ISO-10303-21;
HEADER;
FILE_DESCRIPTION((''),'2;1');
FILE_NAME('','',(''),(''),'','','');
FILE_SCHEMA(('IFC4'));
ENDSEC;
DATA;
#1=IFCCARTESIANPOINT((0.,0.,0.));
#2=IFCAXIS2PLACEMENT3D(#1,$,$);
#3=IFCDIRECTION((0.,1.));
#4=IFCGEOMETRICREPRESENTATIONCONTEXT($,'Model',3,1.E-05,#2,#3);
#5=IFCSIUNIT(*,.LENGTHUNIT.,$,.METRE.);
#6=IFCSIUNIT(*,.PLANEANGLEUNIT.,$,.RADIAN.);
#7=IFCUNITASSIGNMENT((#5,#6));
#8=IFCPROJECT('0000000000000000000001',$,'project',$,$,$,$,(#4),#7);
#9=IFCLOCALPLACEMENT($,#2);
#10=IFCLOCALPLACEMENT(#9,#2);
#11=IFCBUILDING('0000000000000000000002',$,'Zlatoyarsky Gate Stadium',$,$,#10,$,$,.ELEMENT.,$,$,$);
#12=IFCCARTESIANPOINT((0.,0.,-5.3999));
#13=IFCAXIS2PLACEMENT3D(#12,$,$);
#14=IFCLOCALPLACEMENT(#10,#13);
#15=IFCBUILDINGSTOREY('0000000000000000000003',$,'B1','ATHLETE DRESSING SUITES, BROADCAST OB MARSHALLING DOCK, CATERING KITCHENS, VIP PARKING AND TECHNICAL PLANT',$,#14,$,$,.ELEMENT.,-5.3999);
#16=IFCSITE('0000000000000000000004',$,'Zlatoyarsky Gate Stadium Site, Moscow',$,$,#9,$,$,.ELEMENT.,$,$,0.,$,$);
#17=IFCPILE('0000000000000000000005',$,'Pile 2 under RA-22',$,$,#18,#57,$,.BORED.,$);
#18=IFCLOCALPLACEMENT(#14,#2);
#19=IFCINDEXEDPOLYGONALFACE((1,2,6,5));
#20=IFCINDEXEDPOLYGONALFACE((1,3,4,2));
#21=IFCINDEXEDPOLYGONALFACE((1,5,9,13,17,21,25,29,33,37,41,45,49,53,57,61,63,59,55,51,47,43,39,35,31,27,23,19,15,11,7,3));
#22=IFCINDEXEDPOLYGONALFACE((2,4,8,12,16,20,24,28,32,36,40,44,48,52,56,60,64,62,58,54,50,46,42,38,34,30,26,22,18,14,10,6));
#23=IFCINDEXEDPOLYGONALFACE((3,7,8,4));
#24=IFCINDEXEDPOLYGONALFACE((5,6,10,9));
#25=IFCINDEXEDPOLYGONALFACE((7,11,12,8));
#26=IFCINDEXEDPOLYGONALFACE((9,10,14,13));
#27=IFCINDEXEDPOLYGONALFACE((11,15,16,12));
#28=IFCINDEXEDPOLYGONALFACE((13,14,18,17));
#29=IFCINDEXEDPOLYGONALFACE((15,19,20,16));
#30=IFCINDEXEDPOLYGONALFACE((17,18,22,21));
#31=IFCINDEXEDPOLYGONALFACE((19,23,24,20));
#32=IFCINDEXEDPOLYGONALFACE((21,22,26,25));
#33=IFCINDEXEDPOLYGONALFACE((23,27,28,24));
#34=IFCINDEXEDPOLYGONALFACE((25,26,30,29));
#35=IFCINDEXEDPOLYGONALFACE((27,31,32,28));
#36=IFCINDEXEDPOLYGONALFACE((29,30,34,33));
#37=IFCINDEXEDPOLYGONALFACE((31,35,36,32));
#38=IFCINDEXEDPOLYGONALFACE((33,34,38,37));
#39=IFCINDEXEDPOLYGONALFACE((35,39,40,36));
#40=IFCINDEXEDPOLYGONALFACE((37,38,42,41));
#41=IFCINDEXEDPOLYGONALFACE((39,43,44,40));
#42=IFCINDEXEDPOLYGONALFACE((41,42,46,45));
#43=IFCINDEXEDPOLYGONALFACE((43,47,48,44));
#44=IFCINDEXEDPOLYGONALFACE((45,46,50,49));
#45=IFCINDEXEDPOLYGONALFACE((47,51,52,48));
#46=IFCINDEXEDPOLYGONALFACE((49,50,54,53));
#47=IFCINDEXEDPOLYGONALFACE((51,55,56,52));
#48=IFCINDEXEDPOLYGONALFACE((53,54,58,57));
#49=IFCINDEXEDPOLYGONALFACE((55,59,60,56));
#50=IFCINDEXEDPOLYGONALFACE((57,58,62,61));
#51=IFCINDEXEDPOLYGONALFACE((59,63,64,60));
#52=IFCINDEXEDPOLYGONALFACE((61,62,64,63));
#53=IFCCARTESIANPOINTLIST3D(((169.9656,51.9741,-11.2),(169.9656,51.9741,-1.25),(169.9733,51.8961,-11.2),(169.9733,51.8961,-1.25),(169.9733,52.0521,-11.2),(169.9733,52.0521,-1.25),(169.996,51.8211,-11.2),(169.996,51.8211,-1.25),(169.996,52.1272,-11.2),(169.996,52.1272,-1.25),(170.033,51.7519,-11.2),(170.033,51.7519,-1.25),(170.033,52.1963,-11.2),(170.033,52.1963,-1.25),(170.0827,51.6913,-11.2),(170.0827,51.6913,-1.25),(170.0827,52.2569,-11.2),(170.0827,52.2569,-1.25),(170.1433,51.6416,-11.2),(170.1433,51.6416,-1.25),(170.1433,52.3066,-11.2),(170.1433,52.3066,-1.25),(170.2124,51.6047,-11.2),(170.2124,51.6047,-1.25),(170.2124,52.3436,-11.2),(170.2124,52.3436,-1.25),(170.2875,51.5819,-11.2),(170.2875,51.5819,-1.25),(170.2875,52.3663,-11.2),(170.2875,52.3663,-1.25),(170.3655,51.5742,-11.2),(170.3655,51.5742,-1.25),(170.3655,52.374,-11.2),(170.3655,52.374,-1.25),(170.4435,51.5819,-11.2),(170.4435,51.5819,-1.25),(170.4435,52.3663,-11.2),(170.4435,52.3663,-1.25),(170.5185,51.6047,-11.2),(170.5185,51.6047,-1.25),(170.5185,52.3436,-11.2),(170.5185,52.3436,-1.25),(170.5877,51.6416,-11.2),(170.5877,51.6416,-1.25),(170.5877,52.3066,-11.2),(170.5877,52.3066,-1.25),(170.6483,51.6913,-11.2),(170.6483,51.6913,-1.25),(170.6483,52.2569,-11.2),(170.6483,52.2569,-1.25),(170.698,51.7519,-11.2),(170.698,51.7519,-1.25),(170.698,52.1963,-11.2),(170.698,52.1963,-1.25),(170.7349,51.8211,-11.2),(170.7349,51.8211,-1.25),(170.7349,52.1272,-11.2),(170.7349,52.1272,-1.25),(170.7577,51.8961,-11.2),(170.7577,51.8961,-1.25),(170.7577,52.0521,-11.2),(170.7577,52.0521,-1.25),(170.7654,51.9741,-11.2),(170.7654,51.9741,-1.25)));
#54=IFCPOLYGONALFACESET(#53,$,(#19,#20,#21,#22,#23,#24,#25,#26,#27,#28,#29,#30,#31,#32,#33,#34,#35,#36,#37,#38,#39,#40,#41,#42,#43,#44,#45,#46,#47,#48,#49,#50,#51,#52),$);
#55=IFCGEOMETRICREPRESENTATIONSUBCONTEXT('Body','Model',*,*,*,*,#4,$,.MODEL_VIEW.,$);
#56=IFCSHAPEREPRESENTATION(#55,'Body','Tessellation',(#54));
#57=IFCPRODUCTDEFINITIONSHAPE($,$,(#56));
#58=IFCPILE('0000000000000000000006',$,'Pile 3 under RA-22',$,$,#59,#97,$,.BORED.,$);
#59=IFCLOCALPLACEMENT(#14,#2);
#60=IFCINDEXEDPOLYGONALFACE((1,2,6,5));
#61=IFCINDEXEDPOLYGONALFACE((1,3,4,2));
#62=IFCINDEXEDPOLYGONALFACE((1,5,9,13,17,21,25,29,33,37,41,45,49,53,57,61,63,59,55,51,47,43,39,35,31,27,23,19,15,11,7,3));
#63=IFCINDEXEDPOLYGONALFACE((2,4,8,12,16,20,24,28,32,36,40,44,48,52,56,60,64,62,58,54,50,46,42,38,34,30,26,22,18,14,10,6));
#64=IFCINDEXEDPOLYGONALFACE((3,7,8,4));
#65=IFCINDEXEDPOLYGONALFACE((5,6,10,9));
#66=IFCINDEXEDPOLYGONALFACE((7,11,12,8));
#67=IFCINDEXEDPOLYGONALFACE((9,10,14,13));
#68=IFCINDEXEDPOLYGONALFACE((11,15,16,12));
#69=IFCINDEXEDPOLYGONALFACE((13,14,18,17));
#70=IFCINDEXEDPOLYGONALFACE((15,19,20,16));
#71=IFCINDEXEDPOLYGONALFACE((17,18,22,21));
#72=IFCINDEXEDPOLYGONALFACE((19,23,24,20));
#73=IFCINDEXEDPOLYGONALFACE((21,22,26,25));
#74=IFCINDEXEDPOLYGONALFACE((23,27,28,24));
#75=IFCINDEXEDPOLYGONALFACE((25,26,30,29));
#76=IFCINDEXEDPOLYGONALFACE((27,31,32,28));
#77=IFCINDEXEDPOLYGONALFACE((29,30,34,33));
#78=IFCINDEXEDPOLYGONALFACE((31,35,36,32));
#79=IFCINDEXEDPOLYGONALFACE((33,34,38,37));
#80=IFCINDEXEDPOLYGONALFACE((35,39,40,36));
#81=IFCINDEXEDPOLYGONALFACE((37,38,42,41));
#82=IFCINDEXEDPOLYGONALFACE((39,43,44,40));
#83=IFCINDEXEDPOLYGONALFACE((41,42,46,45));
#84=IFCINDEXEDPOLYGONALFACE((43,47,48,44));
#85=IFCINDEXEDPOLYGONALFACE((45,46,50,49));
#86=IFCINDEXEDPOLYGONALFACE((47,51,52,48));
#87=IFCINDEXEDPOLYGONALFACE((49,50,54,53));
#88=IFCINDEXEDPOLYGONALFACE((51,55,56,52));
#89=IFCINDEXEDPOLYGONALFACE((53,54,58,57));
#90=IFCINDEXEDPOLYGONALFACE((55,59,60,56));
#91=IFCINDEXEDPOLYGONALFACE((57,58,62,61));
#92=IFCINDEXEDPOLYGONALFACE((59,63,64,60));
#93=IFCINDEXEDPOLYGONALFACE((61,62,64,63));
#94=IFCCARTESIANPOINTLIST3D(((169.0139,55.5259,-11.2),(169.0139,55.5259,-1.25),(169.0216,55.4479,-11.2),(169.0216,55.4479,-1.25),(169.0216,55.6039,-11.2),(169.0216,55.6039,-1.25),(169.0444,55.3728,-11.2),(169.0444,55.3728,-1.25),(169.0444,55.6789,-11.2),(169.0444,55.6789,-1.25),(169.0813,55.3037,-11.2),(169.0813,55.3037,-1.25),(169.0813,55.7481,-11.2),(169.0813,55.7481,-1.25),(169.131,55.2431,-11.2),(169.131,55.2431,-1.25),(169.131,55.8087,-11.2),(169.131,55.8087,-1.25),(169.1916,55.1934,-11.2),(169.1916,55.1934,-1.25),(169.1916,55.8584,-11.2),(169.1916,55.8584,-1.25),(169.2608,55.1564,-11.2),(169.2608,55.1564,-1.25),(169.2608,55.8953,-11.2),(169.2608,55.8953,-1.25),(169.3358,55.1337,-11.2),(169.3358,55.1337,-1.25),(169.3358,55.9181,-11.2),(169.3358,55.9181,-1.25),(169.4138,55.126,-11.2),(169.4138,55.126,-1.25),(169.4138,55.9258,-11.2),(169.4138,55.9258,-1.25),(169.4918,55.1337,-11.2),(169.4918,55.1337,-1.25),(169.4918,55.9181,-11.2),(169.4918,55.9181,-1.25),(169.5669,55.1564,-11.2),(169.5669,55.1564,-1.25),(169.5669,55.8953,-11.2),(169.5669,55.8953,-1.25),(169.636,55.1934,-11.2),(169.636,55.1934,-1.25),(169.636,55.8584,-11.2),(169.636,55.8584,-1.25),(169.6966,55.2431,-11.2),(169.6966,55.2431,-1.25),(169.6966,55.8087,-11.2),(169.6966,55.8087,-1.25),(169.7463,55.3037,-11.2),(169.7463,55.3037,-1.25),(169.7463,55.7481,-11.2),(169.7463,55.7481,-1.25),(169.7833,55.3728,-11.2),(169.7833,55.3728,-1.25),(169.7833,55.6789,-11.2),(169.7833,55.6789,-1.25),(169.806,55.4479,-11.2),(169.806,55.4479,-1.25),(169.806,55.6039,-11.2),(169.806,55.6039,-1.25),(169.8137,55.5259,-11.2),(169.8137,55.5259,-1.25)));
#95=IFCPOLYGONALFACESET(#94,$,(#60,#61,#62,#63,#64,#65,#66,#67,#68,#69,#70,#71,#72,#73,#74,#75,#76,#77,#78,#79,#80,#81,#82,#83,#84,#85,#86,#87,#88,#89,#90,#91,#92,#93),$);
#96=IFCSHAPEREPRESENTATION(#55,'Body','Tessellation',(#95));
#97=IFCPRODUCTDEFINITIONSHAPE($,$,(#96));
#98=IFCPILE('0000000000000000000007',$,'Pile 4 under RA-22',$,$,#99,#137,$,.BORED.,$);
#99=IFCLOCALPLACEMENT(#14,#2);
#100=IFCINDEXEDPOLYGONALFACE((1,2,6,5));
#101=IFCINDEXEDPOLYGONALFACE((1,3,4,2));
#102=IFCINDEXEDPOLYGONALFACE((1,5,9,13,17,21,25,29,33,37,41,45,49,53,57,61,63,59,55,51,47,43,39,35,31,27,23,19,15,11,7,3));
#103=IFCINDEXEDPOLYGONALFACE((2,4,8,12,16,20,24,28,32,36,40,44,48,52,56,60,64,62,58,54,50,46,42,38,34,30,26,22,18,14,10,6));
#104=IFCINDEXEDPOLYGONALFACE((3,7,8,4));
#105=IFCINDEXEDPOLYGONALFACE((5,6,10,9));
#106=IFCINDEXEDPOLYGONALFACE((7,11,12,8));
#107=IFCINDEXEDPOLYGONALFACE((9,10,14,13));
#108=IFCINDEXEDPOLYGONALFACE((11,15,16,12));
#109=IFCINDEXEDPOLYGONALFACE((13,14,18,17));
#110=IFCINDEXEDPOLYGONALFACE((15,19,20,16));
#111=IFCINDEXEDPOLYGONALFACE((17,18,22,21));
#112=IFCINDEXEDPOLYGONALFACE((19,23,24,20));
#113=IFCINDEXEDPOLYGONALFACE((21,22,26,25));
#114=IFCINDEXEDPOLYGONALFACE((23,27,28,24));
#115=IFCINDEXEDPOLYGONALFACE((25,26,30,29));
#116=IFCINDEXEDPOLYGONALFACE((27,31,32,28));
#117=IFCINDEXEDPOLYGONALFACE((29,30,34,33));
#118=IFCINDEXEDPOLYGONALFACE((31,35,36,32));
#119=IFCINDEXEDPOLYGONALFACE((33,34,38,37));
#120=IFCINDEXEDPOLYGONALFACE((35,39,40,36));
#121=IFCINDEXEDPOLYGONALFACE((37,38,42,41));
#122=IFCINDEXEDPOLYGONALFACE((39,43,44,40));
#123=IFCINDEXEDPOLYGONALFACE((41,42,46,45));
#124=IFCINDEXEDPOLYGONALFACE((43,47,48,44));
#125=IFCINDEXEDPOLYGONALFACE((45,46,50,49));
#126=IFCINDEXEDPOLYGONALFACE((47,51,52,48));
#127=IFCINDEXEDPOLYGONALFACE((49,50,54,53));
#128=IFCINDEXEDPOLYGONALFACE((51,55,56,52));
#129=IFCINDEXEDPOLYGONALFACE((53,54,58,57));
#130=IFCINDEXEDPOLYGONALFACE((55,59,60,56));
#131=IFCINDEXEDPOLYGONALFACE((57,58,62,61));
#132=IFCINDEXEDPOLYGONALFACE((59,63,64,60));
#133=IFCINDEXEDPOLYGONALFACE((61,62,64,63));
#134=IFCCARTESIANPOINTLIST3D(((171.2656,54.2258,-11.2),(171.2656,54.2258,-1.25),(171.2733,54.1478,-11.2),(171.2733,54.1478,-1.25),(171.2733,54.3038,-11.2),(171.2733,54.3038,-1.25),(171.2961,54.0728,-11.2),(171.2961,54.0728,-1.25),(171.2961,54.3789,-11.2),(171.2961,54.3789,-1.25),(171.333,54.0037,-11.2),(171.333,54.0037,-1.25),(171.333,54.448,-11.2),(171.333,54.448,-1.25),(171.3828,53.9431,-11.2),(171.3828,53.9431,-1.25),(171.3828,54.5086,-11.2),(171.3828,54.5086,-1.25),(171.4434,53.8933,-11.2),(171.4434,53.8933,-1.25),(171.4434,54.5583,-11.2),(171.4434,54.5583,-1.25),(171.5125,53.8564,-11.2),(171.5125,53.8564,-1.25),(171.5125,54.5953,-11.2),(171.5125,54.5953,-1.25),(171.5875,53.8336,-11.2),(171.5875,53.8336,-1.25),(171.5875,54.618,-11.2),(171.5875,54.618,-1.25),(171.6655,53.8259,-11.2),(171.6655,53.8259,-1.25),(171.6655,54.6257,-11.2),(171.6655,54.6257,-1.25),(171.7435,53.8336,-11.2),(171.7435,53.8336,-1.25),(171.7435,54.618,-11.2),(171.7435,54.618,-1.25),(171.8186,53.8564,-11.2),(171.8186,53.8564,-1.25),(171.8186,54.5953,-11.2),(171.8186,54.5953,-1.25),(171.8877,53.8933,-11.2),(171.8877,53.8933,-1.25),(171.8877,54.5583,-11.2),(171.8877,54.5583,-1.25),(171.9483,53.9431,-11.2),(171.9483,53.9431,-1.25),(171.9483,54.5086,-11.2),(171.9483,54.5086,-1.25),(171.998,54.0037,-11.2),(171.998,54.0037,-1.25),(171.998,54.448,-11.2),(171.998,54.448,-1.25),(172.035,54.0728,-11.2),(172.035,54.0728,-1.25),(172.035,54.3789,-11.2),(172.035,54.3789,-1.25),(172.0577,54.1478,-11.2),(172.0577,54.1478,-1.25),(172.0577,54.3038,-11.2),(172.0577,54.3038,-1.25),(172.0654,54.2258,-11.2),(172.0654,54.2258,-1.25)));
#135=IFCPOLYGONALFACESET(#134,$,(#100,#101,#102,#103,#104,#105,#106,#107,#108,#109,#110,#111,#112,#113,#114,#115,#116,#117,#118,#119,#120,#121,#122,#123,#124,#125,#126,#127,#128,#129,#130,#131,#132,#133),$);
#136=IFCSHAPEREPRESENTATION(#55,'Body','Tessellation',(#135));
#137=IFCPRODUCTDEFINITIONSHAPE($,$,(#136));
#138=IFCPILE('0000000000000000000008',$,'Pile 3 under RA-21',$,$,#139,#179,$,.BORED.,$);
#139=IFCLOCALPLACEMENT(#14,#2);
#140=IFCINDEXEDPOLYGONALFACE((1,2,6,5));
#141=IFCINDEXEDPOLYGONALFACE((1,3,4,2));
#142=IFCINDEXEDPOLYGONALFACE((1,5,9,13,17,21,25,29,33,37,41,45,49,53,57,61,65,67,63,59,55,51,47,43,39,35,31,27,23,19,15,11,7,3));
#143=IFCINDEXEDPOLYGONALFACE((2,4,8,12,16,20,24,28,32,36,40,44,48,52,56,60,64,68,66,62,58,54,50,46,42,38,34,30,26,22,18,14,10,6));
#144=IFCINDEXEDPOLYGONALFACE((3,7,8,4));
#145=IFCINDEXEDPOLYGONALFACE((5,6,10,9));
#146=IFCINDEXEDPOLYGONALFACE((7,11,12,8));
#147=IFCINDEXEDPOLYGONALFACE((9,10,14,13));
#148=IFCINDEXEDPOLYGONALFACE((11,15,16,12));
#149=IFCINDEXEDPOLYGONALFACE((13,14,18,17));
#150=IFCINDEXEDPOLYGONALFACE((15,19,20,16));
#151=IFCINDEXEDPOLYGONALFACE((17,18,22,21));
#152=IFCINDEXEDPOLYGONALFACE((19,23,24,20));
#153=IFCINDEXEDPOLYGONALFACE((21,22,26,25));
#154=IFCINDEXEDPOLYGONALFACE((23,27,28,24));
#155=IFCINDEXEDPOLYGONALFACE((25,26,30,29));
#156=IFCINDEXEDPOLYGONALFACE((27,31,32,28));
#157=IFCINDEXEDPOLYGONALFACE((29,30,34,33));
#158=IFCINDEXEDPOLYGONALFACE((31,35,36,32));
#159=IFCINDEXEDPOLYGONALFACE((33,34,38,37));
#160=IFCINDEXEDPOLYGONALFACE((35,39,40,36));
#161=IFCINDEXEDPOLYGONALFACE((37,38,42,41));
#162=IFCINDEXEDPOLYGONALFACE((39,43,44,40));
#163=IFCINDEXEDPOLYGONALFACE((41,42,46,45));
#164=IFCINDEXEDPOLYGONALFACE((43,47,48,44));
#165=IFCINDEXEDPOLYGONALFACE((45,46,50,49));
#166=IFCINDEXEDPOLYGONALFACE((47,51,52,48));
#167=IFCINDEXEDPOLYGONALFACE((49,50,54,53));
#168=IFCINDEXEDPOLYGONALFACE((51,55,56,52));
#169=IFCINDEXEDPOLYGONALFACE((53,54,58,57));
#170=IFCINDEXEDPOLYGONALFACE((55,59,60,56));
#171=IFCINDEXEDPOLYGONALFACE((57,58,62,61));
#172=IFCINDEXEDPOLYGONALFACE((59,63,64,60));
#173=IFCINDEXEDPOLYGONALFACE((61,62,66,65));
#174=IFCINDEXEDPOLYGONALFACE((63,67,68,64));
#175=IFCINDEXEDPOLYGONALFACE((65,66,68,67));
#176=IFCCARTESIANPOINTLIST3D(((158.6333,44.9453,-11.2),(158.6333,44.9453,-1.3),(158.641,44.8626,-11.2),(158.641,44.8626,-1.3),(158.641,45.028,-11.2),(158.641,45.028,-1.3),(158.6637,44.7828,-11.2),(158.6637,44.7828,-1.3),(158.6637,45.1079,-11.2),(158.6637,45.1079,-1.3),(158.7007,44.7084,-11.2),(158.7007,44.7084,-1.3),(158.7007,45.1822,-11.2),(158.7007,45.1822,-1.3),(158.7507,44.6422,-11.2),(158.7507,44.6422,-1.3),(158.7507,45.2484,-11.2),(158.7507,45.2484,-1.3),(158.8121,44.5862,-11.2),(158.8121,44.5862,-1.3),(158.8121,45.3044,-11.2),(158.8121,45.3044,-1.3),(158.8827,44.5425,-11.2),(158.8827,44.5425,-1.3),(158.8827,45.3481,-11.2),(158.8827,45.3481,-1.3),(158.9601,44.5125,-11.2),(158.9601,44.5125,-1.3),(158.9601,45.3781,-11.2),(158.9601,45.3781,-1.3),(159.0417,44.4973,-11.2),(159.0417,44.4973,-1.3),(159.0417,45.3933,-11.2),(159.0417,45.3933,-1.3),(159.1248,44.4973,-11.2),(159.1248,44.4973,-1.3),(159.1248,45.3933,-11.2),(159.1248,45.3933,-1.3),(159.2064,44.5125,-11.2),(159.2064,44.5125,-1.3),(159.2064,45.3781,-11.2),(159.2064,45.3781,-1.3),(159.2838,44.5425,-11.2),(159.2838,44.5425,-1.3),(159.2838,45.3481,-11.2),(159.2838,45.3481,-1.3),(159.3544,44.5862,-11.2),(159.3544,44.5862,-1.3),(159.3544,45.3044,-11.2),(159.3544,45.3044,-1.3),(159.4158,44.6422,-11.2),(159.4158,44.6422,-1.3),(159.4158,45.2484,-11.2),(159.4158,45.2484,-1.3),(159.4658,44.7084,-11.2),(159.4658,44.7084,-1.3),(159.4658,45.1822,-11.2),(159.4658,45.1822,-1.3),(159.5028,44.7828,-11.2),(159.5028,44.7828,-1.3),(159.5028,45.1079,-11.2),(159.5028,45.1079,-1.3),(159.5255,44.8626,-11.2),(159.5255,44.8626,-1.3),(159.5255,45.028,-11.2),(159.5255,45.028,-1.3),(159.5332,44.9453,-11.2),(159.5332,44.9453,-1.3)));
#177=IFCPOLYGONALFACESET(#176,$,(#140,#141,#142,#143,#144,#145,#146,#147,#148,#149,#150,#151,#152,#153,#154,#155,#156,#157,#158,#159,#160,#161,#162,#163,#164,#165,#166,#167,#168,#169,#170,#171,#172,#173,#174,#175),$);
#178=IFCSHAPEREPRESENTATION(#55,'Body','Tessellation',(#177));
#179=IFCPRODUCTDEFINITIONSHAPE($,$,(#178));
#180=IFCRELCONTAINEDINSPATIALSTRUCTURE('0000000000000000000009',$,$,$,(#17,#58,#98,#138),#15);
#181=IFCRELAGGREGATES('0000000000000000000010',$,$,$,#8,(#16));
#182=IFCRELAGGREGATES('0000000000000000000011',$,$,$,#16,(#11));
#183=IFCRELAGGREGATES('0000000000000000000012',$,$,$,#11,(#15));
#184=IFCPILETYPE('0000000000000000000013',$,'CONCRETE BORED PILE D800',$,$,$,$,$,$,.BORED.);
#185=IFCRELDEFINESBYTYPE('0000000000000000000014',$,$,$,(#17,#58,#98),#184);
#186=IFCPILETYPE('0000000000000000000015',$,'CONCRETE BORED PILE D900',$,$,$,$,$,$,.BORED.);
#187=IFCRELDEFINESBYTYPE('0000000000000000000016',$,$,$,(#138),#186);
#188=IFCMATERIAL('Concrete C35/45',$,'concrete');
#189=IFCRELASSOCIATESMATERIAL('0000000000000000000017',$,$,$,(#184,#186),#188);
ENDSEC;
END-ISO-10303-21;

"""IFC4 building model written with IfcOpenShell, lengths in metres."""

from ifc_helpers import new_model, si_unit, direction, frame, origin, origin_2d, place, context, subcontext, project, spatial, circle, extrude, material, material_profile, profile_set, type_object, element, save


model = new_model("IFC4")

# Units and contexts
model_context = context("Model", 3, precision=1e-05, world=origin(), true_north=direction((0.0, 1.0)))
body_context = subcontext(model_context, "Body", "Model", "MODEL_VIEW")
ifc_project = project(units=[si_unit("LENGTHUNIT", "METRE"), si_unit("PLANEANGLEUNIT", "RADIAN")], contexts=[model_context])

# Site, building, storey
site_placement = place(None, origin())
site = spatial("IfcSite", under=ifc_project, at=site_placement, Name="Zlatoyarsky Gate Stadium Site, Moscow", CompositionType="ELEMENT", RefElevation=0.0)
building_placement = place(site_placement, origin())
building = spatial("IfcBuilding", under=site, at=building_placement, Name="Zlatoyarsky Gate Stadium", CompositionType="ELEMENT")
storey_placement = place(building_placement, frame((0.0, 0.0, -5.3999)))
storey = spatial("IfcBuildingStorey", under=building, at=storey_placement, Name="B1", Description="ATHLETE DRESSING SUITES, BROADCAST OB MARSHALLING DOCK, CATERING KITCHENS, VIP PARKING AND TECHNICAL PLANT", CompositionType="ELEMENT", Elevation=-5.3999)

# Piles
ifc_material_1 = material(Name="Concrete C35/45", Category="concrete")
ifc_material_profile_1 = material_profile(ifc_material_1, circle(Radius=0.3999, at=origin_2d()), Name="BORED PILE D800")
ifc_profile_set_1 = profile_set([ifc_material_profile_1], Name="Concrete C35/45")
pile_type_1 = type_object("IfcPileType", Name="CONCRETE BORED PILE D800", PredefinedType="BORED", material=ifc_profile_set_1)
for number, where, z_axis, x_axis, name in (
    (1, (170.3655, 51.9741, -1.25), (0.0, 0.0, -1.0), (1.0, 0.0, 0.0), "Pile 2 under RA-22"),
    (2, (169.4138, 55.5259, -1.25), (0.0, 0.0, -1.0), (1.0, 0.0, 0.0), "Pile 3 under RA-22"),
    (3, (171.6655, 54.2258, -1.25), (0.0, 0.0, -1.0), (1.0, 0.0, 0.0), "Pile 4 under RA-22"),
):
    element("IfcPile", number, at=place(storey_placement, frame(where, z_axis=z_axis, x_axis=x_axis)), inside=storey, type_object=pile_type_1, Name=name, PredefinedType="BORED", context=body_context, shape_type="SweptSolid", body=[
        extrude(circle(Radius=0.3999, at=origin_2d()), origin(), (0.0, 0.0, 1.0), 9.95),
    ])
ifc_material_profile_2 = material_profile(ifc_material_1, circle(Radius=0.45, at=origin_2d()), Name="BORED PILE D900")
ifc_profile_set_2 = profile_set([ifc_material_profile_2], Name="Concrete C35/45")
pile_type_2 = type_object("IfcPileType", Name="CONCRETE BORED PILE D900", PredefinedType="BORED", material=ifc_profile_set_2)
for number, where, z_axis, x_axis, name in (
    (4, (159.0833, 44.9453, -1.3), (0.0, 0.0, -1.0), (1.0, 0.0, 0.0), "Pile 3 under RA-21"),
):
    element("IfcPile", number, at=place(storey_placement, frame(where, z_axis=z_axis, x_axis=x_axis)), inside=storey, type_object=pile_type_2, Name=name, PredefinedType="BORED", context=body_context, shape_type="SweptSolid", body=[
        extrude(circle(Radius=0.45, at=origin_2d()), origin(), (0.0, 0.0, 1.0), 9.8999),
    ])

save(model, "model.ifc")
